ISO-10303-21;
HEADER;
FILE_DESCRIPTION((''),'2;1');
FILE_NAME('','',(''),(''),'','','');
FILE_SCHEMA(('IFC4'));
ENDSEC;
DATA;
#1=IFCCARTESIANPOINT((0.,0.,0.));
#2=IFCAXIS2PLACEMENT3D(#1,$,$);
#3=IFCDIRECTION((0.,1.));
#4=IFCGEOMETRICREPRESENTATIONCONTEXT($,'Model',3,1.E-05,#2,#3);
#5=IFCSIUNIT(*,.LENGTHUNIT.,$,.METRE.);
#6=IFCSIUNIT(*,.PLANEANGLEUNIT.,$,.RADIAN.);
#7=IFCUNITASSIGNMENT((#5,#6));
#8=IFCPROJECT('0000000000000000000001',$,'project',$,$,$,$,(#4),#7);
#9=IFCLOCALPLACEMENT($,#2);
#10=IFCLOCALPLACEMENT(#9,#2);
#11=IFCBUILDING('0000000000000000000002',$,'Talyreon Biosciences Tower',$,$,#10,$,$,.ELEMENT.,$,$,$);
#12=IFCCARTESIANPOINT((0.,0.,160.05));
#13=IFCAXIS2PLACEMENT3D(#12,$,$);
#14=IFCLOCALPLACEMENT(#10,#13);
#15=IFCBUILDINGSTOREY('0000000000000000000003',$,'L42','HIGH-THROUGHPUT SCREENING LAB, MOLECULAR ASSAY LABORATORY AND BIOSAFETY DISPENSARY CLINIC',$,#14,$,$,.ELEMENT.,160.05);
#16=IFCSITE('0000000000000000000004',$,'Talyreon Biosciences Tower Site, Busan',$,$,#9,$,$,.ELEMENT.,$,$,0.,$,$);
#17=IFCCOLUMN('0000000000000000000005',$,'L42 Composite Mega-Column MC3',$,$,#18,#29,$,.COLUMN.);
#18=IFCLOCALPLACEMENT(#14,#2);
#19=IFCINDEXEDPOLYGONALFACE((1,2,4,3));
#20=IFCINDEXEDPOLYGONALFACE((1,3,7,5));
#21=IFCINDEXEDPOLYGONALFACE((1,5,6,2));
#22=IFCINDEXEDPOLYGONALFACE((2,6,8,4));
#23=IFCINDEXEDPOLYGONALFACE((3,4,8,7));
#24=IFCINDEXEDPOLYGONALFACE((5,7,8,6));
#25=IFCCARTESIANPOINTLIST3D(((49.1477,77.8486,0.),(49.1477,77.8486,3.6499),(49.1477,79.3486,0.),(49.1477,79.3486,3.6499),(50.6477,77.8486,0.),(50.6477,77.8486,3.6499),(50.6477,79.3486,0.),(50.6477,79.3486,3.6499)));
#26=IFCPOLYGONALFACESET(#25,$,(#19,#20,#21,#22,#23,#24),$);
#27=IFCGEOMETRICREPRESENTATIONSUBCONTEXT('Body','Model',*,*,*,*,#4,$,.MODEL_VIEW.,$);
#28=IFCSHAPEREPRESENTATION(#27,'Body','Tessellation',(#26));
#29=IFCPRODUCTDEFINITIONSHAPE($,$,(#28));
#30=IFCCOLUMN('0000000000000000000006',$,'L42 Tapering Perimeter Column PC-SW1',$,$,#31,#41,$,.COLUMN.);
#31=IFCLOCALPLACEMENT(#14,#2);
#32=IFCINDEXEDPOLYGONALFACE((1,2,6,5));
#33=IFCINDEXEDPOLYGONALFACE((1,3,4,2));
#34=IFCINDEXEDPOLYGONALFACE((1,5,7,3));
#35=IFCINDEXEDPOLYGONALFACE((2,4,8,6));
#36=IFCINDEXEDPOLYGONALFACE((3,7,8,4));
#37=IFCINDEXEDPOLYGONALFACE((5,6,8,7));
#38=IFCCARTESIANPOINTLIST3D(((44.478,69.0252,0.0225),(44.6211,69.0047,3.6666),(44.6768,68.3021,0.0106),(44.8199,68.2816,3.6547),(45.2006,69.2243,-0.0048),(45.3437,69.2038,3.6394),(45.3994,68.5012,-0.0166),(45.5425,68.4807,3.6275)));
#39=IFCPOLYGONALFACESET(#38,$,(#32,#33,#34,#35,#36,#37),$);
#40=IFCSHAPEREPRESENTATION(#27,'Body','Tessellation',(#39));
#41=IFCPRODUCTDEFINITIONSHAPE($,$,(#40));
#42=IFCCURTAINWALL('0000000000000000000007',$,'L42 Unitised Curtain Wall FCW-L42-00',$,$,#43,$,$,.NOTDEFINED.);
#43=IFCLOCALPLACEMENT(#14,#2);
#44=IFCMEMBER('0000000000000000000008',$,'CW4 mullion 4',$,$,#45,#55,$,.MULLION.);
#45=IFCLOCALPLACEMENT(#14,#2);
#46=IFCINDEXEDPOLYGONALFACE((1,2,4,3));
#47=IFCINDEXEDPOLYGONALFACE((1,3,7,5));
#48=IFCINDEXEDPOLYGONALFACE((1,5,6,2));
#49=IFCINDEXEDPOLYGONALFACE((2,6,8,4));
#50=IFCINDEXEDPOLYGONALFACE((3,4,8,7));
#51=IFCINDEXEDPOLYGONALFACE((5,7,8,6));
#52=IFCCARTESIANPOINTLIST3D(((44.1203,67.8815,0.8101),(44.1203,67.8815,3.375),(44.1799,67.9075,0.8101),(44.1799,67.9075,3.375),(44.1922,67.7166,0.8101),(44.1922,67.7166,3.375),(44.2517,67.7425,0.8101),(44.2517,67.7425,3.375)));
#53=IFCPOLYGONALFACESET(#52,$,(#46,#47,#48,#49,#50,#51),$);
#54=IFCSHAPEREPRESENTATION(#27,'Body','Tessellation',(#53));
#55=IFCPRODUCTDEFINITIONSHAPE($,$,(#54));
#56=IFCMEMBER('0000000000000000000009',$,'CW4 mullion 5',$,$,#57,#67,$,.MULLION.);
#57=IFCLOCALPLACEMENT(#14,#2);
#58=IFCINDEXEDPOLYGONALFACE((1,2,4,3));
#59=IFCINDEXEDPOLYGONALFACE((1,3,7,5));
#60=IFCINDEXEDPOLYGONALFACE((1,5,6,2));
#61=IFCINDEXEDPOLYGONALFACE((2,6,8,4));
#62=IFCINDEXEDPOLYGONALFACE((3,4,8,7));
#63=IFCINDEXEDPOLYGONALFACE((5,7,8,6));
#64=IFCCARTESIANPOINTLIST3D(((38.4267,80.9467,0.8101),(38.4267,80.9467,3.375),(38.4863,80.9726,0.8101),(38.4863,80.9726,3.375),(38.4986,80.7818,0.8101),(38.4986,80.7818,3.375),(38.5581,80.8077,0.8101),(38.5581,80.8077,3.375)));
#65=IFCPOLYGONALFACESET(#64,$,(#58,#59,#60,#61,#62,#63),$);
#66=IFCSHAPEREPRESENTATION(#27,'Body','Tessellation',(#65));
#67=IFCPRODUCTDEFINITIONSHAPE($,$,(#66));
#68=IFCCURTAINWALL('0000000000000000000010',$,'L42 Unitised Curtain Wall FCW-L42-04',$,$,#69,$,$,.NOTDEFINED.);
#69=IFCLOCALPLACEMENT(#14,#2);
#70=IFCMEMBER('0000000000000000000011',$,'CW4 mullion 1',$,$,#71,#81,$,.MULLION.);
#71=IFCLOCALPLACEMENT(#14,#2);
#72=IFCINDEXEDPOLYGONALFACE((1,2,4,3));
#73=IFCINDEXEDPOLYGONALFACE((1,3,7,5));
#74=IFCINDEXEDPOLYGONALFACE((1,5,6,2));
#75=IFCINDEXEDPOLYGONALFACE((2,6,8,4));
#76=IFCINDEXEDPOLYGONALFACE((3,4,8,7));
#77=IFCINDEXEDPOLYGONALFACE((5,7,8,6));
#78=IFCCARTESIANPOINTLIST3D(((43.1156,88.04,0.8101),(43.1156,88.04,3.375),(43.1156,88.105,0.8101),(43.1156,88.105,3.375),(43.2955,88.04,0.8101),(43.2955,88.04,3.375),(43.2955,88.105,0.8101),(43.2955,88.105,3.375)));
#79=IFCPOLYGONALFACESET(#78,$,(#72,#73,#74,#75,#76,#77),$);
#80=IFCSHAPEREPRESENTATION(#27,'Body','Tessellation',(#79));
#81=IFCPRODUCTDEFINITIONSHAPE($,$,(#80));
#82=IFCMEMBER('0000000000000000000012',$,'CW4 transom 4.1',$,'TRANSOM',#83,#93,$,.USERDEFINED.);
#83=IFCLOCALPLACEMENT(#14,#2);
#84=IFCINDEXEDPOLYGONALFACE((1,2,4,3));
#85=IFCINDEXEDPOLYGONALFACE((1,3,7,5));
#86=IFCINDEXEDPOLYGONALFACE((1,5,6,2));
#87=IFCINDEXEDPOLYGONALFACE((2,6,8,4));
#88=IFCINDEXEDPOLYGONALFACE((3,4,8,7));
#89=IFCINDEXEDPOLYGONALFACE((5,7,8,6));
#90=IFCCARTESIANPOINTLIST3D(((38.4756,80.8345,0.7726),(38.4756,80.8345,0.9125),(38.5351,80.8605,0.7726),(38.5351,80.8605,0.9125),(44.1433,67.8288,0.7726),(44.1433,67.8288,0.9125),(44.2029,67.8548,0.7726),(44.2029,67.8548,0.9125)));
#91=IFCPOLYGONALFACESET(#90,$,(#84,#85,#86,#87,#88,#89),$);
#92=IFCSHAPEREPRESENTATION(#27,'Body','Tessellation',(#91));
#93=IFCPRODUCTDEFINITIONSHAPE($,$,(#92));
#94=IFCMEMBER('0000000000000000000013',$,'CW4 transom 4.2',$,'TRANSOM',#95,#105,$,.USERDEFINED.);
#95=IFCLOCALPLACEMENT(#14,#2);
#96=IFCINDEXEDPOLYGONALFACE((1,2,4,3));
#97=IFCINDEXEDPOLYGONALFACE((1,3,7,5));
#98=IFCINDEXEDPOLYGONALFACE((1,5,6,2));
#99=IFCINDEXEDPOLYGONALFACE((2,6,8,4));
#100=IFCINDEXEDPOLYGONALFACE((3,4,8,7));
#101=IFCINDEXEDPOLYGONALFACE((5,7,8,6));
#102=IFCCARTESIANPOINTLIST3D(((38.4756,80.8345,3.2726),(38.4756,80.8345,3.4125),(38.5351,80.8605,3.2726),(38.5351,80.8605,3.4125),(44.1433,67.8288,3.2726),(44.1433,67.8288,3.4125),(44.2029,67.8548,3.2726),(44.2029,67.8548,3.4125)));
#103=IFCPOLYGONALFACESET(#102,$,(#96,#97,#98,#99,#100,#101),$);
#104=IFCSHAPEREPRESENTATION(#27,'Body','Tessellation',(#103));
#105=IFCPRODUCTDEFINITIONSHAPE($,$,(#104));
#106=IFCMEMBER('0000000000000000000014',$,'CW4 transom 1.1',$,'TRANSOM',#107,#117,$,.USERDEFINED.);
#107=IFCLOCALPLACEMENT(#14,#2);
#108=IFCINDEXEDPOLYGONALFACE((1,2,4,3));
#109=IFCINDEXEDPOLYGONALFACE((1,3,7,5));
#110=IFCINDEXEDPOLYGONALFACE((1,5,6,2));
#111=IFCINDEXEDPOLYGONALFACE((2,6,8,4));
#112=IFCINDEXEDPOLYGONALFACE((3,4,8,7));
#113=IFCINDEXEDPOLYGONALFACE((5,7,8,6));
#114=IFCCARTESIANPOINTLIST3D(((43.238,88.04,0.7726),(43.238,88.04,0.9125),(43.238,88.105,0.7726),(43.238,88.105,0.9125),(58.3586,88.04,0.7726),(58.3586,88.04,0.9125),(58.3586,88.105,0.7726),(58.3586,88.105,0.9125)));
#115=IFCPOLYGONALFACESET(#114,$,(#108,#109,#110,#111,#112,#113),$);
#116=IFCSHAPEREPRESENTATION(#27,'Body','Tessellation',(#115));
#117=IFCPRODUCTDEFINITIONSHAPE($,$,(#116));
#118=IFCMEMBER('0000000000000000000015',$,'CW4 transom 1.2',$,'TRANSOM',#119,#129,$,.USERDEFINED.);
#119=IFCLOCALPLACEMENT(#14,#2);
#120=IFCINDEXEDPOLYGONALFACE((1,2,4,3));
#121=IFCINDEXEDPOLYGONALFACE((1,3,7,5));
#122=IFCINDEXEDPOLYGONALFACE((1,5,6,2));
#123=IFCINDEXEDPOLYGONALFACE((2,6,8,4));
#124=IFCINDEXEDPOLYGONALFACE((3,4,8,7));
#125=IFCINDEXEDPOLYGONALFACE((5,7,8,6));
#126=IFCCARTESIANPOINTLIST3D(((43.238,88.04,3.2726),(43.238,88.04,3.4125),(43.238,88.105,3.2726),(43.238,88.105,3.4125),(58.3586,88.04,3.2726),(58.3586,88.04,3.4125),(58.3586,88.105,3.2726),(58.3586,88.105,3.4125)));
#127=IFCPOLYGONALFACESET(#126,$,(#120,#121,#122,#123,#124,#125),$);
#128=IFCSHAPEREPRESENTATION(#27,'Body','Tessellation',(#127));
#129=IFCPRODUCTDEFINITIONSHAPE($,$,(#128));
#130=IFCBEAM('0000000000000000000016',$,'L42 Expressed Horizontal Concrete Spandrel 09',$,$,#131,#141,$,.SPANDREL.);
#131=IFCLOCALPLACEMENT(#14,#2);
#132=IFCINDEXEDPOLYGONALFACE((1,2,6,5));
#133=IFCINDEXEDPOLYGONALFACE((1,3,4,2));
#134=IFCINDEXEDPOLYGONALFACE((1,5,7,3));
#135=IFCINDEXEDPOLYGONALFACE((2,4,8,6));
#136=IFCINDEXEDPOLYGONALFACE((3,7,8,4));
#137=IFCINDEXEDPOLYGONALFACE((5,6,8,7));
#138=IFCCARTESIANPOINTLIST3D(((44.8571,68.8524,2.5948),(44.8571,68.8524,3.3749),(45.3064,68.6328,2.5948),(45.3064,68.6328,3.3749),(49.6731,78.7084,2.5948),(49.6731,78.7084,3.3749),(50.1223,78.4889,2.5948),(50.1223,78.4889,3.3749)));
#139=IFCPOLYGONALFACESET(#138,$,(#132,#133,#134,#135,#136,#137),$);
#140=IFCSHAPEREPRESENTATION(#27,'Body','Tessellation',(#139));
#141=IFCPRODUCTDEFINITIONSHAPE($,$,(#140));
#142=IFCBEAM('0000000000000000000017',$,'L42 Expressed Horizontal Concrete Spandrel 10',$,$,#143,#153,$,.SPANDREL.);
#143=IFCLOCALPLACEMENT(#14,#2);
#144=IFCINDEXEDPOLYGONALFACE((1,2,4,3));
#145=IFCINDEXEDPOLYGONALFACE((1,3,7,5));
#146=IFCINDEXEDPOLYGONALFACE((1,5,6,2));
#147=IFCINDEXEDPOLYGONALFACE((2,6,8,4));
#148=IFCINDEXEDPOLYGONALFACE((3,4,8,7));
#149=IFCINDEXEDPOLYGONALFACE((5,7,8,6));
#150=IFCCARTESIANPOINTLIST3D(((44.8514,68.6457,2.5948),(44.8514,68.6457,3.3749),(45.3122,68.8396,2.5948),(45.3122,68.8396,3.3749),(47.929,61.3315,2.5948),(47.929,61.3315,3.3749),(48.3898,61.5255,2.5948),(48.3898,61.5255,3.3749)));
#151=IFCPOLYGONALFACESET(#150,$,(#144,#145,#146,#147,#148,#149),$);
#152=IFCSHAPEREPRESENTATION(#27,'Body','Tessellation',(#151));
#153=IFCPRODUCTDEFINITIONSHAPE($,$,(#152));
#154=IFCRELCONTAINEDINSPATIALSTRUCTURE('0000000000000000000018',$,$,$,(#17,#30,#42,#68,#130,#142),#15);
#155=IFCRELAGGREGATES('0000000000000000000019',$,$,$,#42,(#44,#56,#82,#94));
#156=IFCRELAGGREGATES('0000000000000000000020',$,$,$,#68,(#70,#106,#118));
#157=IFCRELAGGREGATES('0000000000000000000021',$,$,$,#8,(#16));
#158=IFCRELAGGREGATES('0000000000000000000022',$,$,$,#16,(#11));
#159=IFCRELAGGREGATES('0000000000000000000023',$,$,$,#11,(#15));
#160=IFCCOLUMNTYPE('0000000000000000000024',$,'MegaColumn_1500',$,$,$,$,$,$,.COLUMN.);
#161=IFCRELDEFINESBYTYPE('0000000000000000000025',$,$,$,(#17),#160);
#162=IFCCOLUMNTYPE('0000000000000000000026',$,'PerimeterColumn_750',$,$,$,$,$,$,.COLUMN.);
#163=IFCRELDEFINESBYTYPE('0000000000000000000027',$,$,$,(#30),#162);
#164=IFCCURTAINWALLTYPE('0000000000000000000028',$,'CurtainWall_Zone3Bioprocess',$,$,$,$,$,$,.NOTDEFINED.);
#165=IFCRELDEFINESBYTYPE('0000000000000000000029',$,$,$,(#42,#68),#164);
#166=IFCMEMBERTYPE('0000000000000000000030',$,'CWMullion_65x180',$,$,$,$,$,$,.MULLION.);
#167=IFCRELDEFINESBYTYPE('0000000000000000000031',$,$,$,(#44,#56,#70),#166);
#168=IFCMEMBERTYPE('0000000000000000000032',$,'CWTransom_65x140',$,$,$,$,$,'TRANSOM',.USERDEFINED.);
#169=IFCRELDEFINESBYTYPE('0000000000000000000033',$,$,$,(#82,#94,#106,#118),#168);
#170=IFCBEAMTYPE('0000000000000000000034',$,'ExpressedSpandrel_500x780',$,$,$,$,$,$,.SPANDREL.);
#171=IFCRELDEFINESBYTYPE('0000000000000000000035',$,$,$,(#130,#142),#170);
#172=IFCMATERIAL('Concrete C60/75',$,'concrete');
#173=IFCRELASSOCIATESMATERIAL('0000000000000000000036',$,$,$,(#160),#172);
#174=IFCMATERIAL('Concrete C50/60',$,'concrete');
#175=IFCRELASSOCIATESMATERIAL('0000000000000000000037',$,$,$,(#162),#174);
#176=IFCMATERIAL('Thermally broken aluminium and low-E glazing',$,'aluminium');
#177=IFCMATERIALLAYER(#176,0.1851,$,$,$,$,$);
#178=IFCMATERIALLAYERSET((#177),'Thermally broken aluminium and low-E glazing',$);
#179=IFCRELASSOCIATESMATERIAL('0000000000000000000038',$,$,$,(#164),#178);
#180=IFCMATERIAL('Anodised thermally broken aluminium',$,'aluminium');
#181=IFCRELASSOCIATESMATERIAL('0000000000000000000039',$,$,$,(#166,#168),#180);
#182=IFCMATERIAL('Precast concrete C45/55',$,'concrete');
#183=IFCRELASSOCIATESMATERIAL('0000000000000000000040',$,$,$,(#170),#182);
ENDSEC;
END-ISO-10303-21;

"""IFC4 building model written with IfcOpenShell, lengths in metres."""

from ifc_helpers import new_model, si_unit, direction, frame, origin, origin_2d, place, context, subcontext, project, spatial, rectangle, extrude, material, layer, layer_set, material_profile, profile_set, type_object, element, aggregate, save


model = new_model("IFC4")

# Units and contexts
model_context = context("Model", 3, precision=1e-05, world=origin(), true_north=direction((0.0, 1.0)))
body_context = subcontext(model_context, "Body", "Model", "MODEL_VIEW")
ifc_project = project(units=[si_unit("LENGTHUNIT", "METRE"), si_unit("PLANEANGLEUNIT", "RADIAN")], contexts=[model_context])

# Site, building, storey
site_placement = place(None, origin())
site = spatial("IfcSite", under=ifc_project, at=site_placement, Name="Talyreon Biosciences Tower Site, Busan", CompositionType="ELEMENT", RefElevation=0.0)
building_placement = place(site_placement, origin())
building = spatial("IfcBuilding", under=site, at=building_placement, Name="Talyreon Biosciences Tower", CompositionType="ELEMENT")
storey_placement = place(building_placement, frame((0.0, 0.0, 160.05)))
storey = spatial("IfcBuildingStorey", under=building, at=storey_placement, Name="L42", Description="HIGH-THROUGHPUT SCREENING LAB, MOLECULAR ASSAY LABORATORY AND BIOSAFETY DISPENSARY CLINIC", CompositionType="ELEMENT", Elevation=160.05)

# Columns
ifc_material_1 = material(Name="Concrete C60/75", Category="concrete")
ifc_material_profile_1 = material_profile(ifc_material_1, rectangle(XDim=1.5, YDim=1.5, at=origin_2d()), Name="RC 1500x1500")
ifc_profile_set_1 = profile_set([ifc_material_profile_1], Name="Concrete C60/75")
column_type_1 = type_object("IfcColumnType", Name="MegaColumn_1500", PredefinedType="COLUMN", material=ifc_profile_set_1)
column_1_placement = place(storey_placement, frame((49.8977, 78.5986, 0.0), z_axis=(0.0, 0.0, 1.0), x_axis=(1.0, 0.0, 0.0)))
element("IfcColumn", 1, at=column_1_placement, inside=storey, type_object=column_type_1, Name="L42 Composite Mega-Column MC3", PredefinedType="COLUMN", context=body_context, shape_type="SweptSolid", body=[
    extrude(rectangle(XDim=1.5, YDim=1.5, at=origin_2d()), origin(), (0.0, 0.0, 1.0), 3.6499),
])
ifc_material_2 = material(Name="Concrete C50/60", Category="concrete")
ifc_material_profile_2 = material_profile(ifc_material_2, rectangle(XDim=0.75, YDim=0.75, at=origin_2d()), Name="RC 750x750")
ifc_profile_set_2 = profile_set([ifc_material_profile_2], Name="Concrete C50/60")
column_type_2 = type_object("IfcColumnType", Name="PerimeterColumn_750", PredefinedType="COLUMN", material=ifc_profile_set_2)
column_2_placement = place(storey_placement, frame((44.9387, 68.7632, 0.0029), z_axis=(0.03923, -0.005623, 0.999214), x_axis=(0.963431, 0.265482, -0.036331)))
element("IfcColumn", 2, at=column_2_placement, inside=storey, type_object=column_type_2, Name="L42 Tapering Perimeter Column PC-SW1", PredefinedType="COLUMN", context=body_context, shape_type="SweptSolid", body=[
    extrude(rectangle(XDim=0.75, YDim=0.75, at=origin_2d()), origin(), (0.0, 0.0, 1.0), 3.647),
])

# Curtain wall, members
ifc_material_3 = material(Name="Thermally broken aluminium and low-E glazing", Category="aluminium")
ifc_layer_1 = layer(ifc_material_3, 0.1851)
ifc_layer_set_1 = layer_set([ifc_layer_1], Name="Thermally broken aluminium and low-E glazing")
curtain_wall_type = type_object("IfcCurtainWallType", Name="CurtainWall_Zone3Bioprocess", PredefinedType="NOTDEFINED", material=ifc_layer_set_1)
curtain_wall_1_placement = place(storey_placement, origin())
curtain_wall_1 = element("IfcCurtainWall", 3, at=curtain_wall_1_placement, inside=storey, type_object=curtain_wall_type, Name="L42 Unitised Curtain Wall FCW-L42-00", PredefinedType="NOTDEFINED")
ifc_material_4 = material(Name="Anodised thermally broken aluminium", Category="aluminium")
ifc_material_profile_3 = material_profile(ifc_material_4, rectangle(XDim=0.0649, YDim=0.1799, at=origin_2d()), Name="ALUM MULLION 65x180")
ifc_profile_set_3 = profile_set([ifc_material_profile_3], Name="Anodised thermally broken aluminium")
member_type_1 = type_object("IfcMemberType", Name="CWMullion_65x180", PredefinedType="MULLION", material=ifc_profile_set_3)
member_1_placement = place(storey_placement, frame((44.186, 67.812, 0.8101), z_axis=(0.0, 0.0, 1.0), x_axis=(-0.916731, -0.399505, 0.0)))
member_1 = element("IfcMember", 4, at=member_1_placement, type_object=member_type_1, Name="CW4 mullion 4", PredefinedType="MULLION", context=body_context, shape_type="SweptSolid", body=[
    extrude(rectangle(XDim=0.0649, YDim=0.1799, at=origin_2d()), origin(), (0.0, 0.0, 1.0), 2.5649),
])
member_2_placement = place(storey_placement, frame((38.4924, 80.8772, 0.8101), z_axis=(0.0, 0.0, 1.0), x_axis=(-0.916731, -0.399505, 0.0)))
member_2 = element("IfcMember", 5, at=member_2_placement, type_object=member_type_1, Name="CW4 mullion 5", PredefinedType="MULLION", context=body_context, shape_type="SweptSolid", body=[
    extrude(rectangle(XDim=0.0649, YDim=0.1799, at=origin_2d()), origin(), (0.0, 0.0, 1.0), 2.5649),
])

# Curtain wall, member
curtain_wall_2_placement = place(storey_placement, origin())
curtain_wall_2 = element("IfcCurtainWall", 6, at=curtain_wall_2_placement, inside=storey, type_object=curtain_wall_type, Name="L42 Unitised Curtain Wall FCW-L42-04", PredefinedType="NOTDEFINED")
member_3_placement = place(storey_placement, frame((43.2056, 88.0725, 0.8101), z_axis=(0.0, 0.0, 1.0), x_axis=(0.0, 1.0, 0.0)))
member_3 = element("IfcMember", 7, at=member_3_placement, type_object=member_type_1, Name="CW4 mullion 1", PredefinedType="MULLION", context=body_context, shape_type="SweptSolid", body=[
    extrude(rectangle(XDim=0.0649, YDim=0.1799, at=origin_2d()), origin(), (0.0, 0.0, 1.0), 2.5649),
])

# Members
ifc_material_profile_4 = material_profile(ifc_material_4, rectangle(XDim=0.0649, YDim=0.1399, at=origin_2d()), Name="ALUM TRANSOM 65x140")
ifc_profile_set_4 = profile_set([ifc_material_profile_4], Name="Anodised thermally broken aluminium")
member_type_2 = type_object("IfcMemberType", Name="CWTransom_65x140", ElementType="TRANSOM", PredefinedType="USERDEFINED", material=ifc_profile_set_4)
member_4_placement = place(storey_placement, frame((44.1731, 67.8418, 0.8425), z_axis=(-0.399503, 0.916732, 0.0), x_axis=(-0.916732, -0.399503, 0.0)))
member_4 = element("IfcMember", 8, at=member_4_placement, type_object=member_type_2, Name="CW4 transom 4.1", ObjectType="TRANSOM", PredefinedType="USERDEFINED", context=body_context, shape_type="SweptSolid", body=[
    extrude(rectangle(XDim=0.0649, YDim=0.1399, at=origin_2d()), origin(), (0.0, 0.0, 1.0), 14.187),
])
member_5_placement = place(storey_placement, frame((44.1731, 67.8418, 3.3425), z_axis=(-0.399503, 0.916732, 0.0), x_axis=(-0.916732, -0.399503, 0.0)))
member_5 = element("IfcMember", 9, at=member_5_placement, type_object=member_type_2, Name="CW4 transom 4.2", ObjectType="TRANSOM", PredefinedType="USERDEFINED", context=body_context, shape_type="SweptSolid", body=[
    extrude(rectangle(XDim=0.0649, YDim=0.1399, at=origin_2d()), origin(), (0.0, 0.0, 1.0), 14.187),
])
member_6_placement = place(storey_placement, frame((43.238, 88.0725, 0.8425), z_axis=(1.0, 0.0, 0.0), x_axis=(0.0, 1.0, 0.0)))
member_6 = element("IfcMember", 10, at=member_6_placement, type_object=member_type_2, Name="CW4 transom 1.1", ObjectType="TRANSOM", PredefinedType="USERDEFINED", context=body_context, shape_type="SweptSolid", body=[
    extrude(rectangle(XDim=0.0649, YDim=0.1399, at=origin_2d()), origin(), (0.0, 0.0, 1.0), 15.1206),
])
member_7_placement = place(storey_placement, frame((43.238, 88.0725, 3.3425), z_axis=(1.0, 0.0, 0.0), x_axis=(0.0, 1.0, 0.0)))
member_7 = element("IfcMember", 11, at=member_7_placement, type_object=member_type_2, Name="CW4 transom 1.2", ObjectType="TRANSOM", PredefinedType="USERDEFINED", context=body_context, shape_type="SweptSolid", body=[
    extrude(rectangle(XDim=0.0649, YDim=0.1399, at=origin_2d()), origin(), (0.0, 0.0, 1.0), 15.1206),
])

# Beams
ifc_material_5 = material(Name="Precast concrete C45/55", Category="concrete")
ifc_material_profile_5 = material_profile(ifc_material_5, rectangle(XDim=0.5, YDim=0.78, at=origin_2d()), Name="RCB 500x780")
ifc_profile_set_5 = profile_set([ifc_material_profile_5], Name="Precast concrete C45/55")
beam_type_1 = type_object("IfcBeamType", Name="ExpressedSpandrel_500x780", PredefinedType="SPANDREL", material=ifc_profile_set_5)
beam_1_placement = place(storey_placement, frame((49.8977, 78.5986, 2.9849), z_axis=(-0.439023, -0.898476, 0.0), x_axis=(0.898476, -0.439023, 0.0)))
element("IfcBeam", 12, at=beam_1_placement, inside=storey, type_object=beam_type_1, Name="L42 Expressed Horizontal Concrete Spandrel 09", PredefinedType="SPANDREL", context=body_context, shape_type="SweptSolid", body=[
    extrude(rectangle(XDim=0.5, YDim=0.78, at=origin_2d()), origin(), (0.0, 0.0, 1.0), 10.9697),
])
beam_2_placement = place(storey_placement, frame((45.0818, 68.7427, 2.9849), z_axis=(0.38784, -0.921727, 0.0), x_axis=(0.921727, 0.38784, 0.0)))
element("IfcBeam", 13, at=beam_2_placement, inside=storey, type_object=beam_type_1, Name="L42 Expressed Horizontal Concrete Spandrel 10", PredefinedType="SPANDREL", context=body_context, shape_type="SweptSolid", body=[
    extrude(rectangle(XDim=0.5, YDim=0.78, at=origin_2d()), origin(), (0.0, 0.0, 1.0), 7.9353),
])

aggregate(curtain_wall_1, [member_1, member_2, member_4, member_5])
aggregate(curtain_wall_2, [member_3, member_6, member_7])

save(model, "model.ifc")
